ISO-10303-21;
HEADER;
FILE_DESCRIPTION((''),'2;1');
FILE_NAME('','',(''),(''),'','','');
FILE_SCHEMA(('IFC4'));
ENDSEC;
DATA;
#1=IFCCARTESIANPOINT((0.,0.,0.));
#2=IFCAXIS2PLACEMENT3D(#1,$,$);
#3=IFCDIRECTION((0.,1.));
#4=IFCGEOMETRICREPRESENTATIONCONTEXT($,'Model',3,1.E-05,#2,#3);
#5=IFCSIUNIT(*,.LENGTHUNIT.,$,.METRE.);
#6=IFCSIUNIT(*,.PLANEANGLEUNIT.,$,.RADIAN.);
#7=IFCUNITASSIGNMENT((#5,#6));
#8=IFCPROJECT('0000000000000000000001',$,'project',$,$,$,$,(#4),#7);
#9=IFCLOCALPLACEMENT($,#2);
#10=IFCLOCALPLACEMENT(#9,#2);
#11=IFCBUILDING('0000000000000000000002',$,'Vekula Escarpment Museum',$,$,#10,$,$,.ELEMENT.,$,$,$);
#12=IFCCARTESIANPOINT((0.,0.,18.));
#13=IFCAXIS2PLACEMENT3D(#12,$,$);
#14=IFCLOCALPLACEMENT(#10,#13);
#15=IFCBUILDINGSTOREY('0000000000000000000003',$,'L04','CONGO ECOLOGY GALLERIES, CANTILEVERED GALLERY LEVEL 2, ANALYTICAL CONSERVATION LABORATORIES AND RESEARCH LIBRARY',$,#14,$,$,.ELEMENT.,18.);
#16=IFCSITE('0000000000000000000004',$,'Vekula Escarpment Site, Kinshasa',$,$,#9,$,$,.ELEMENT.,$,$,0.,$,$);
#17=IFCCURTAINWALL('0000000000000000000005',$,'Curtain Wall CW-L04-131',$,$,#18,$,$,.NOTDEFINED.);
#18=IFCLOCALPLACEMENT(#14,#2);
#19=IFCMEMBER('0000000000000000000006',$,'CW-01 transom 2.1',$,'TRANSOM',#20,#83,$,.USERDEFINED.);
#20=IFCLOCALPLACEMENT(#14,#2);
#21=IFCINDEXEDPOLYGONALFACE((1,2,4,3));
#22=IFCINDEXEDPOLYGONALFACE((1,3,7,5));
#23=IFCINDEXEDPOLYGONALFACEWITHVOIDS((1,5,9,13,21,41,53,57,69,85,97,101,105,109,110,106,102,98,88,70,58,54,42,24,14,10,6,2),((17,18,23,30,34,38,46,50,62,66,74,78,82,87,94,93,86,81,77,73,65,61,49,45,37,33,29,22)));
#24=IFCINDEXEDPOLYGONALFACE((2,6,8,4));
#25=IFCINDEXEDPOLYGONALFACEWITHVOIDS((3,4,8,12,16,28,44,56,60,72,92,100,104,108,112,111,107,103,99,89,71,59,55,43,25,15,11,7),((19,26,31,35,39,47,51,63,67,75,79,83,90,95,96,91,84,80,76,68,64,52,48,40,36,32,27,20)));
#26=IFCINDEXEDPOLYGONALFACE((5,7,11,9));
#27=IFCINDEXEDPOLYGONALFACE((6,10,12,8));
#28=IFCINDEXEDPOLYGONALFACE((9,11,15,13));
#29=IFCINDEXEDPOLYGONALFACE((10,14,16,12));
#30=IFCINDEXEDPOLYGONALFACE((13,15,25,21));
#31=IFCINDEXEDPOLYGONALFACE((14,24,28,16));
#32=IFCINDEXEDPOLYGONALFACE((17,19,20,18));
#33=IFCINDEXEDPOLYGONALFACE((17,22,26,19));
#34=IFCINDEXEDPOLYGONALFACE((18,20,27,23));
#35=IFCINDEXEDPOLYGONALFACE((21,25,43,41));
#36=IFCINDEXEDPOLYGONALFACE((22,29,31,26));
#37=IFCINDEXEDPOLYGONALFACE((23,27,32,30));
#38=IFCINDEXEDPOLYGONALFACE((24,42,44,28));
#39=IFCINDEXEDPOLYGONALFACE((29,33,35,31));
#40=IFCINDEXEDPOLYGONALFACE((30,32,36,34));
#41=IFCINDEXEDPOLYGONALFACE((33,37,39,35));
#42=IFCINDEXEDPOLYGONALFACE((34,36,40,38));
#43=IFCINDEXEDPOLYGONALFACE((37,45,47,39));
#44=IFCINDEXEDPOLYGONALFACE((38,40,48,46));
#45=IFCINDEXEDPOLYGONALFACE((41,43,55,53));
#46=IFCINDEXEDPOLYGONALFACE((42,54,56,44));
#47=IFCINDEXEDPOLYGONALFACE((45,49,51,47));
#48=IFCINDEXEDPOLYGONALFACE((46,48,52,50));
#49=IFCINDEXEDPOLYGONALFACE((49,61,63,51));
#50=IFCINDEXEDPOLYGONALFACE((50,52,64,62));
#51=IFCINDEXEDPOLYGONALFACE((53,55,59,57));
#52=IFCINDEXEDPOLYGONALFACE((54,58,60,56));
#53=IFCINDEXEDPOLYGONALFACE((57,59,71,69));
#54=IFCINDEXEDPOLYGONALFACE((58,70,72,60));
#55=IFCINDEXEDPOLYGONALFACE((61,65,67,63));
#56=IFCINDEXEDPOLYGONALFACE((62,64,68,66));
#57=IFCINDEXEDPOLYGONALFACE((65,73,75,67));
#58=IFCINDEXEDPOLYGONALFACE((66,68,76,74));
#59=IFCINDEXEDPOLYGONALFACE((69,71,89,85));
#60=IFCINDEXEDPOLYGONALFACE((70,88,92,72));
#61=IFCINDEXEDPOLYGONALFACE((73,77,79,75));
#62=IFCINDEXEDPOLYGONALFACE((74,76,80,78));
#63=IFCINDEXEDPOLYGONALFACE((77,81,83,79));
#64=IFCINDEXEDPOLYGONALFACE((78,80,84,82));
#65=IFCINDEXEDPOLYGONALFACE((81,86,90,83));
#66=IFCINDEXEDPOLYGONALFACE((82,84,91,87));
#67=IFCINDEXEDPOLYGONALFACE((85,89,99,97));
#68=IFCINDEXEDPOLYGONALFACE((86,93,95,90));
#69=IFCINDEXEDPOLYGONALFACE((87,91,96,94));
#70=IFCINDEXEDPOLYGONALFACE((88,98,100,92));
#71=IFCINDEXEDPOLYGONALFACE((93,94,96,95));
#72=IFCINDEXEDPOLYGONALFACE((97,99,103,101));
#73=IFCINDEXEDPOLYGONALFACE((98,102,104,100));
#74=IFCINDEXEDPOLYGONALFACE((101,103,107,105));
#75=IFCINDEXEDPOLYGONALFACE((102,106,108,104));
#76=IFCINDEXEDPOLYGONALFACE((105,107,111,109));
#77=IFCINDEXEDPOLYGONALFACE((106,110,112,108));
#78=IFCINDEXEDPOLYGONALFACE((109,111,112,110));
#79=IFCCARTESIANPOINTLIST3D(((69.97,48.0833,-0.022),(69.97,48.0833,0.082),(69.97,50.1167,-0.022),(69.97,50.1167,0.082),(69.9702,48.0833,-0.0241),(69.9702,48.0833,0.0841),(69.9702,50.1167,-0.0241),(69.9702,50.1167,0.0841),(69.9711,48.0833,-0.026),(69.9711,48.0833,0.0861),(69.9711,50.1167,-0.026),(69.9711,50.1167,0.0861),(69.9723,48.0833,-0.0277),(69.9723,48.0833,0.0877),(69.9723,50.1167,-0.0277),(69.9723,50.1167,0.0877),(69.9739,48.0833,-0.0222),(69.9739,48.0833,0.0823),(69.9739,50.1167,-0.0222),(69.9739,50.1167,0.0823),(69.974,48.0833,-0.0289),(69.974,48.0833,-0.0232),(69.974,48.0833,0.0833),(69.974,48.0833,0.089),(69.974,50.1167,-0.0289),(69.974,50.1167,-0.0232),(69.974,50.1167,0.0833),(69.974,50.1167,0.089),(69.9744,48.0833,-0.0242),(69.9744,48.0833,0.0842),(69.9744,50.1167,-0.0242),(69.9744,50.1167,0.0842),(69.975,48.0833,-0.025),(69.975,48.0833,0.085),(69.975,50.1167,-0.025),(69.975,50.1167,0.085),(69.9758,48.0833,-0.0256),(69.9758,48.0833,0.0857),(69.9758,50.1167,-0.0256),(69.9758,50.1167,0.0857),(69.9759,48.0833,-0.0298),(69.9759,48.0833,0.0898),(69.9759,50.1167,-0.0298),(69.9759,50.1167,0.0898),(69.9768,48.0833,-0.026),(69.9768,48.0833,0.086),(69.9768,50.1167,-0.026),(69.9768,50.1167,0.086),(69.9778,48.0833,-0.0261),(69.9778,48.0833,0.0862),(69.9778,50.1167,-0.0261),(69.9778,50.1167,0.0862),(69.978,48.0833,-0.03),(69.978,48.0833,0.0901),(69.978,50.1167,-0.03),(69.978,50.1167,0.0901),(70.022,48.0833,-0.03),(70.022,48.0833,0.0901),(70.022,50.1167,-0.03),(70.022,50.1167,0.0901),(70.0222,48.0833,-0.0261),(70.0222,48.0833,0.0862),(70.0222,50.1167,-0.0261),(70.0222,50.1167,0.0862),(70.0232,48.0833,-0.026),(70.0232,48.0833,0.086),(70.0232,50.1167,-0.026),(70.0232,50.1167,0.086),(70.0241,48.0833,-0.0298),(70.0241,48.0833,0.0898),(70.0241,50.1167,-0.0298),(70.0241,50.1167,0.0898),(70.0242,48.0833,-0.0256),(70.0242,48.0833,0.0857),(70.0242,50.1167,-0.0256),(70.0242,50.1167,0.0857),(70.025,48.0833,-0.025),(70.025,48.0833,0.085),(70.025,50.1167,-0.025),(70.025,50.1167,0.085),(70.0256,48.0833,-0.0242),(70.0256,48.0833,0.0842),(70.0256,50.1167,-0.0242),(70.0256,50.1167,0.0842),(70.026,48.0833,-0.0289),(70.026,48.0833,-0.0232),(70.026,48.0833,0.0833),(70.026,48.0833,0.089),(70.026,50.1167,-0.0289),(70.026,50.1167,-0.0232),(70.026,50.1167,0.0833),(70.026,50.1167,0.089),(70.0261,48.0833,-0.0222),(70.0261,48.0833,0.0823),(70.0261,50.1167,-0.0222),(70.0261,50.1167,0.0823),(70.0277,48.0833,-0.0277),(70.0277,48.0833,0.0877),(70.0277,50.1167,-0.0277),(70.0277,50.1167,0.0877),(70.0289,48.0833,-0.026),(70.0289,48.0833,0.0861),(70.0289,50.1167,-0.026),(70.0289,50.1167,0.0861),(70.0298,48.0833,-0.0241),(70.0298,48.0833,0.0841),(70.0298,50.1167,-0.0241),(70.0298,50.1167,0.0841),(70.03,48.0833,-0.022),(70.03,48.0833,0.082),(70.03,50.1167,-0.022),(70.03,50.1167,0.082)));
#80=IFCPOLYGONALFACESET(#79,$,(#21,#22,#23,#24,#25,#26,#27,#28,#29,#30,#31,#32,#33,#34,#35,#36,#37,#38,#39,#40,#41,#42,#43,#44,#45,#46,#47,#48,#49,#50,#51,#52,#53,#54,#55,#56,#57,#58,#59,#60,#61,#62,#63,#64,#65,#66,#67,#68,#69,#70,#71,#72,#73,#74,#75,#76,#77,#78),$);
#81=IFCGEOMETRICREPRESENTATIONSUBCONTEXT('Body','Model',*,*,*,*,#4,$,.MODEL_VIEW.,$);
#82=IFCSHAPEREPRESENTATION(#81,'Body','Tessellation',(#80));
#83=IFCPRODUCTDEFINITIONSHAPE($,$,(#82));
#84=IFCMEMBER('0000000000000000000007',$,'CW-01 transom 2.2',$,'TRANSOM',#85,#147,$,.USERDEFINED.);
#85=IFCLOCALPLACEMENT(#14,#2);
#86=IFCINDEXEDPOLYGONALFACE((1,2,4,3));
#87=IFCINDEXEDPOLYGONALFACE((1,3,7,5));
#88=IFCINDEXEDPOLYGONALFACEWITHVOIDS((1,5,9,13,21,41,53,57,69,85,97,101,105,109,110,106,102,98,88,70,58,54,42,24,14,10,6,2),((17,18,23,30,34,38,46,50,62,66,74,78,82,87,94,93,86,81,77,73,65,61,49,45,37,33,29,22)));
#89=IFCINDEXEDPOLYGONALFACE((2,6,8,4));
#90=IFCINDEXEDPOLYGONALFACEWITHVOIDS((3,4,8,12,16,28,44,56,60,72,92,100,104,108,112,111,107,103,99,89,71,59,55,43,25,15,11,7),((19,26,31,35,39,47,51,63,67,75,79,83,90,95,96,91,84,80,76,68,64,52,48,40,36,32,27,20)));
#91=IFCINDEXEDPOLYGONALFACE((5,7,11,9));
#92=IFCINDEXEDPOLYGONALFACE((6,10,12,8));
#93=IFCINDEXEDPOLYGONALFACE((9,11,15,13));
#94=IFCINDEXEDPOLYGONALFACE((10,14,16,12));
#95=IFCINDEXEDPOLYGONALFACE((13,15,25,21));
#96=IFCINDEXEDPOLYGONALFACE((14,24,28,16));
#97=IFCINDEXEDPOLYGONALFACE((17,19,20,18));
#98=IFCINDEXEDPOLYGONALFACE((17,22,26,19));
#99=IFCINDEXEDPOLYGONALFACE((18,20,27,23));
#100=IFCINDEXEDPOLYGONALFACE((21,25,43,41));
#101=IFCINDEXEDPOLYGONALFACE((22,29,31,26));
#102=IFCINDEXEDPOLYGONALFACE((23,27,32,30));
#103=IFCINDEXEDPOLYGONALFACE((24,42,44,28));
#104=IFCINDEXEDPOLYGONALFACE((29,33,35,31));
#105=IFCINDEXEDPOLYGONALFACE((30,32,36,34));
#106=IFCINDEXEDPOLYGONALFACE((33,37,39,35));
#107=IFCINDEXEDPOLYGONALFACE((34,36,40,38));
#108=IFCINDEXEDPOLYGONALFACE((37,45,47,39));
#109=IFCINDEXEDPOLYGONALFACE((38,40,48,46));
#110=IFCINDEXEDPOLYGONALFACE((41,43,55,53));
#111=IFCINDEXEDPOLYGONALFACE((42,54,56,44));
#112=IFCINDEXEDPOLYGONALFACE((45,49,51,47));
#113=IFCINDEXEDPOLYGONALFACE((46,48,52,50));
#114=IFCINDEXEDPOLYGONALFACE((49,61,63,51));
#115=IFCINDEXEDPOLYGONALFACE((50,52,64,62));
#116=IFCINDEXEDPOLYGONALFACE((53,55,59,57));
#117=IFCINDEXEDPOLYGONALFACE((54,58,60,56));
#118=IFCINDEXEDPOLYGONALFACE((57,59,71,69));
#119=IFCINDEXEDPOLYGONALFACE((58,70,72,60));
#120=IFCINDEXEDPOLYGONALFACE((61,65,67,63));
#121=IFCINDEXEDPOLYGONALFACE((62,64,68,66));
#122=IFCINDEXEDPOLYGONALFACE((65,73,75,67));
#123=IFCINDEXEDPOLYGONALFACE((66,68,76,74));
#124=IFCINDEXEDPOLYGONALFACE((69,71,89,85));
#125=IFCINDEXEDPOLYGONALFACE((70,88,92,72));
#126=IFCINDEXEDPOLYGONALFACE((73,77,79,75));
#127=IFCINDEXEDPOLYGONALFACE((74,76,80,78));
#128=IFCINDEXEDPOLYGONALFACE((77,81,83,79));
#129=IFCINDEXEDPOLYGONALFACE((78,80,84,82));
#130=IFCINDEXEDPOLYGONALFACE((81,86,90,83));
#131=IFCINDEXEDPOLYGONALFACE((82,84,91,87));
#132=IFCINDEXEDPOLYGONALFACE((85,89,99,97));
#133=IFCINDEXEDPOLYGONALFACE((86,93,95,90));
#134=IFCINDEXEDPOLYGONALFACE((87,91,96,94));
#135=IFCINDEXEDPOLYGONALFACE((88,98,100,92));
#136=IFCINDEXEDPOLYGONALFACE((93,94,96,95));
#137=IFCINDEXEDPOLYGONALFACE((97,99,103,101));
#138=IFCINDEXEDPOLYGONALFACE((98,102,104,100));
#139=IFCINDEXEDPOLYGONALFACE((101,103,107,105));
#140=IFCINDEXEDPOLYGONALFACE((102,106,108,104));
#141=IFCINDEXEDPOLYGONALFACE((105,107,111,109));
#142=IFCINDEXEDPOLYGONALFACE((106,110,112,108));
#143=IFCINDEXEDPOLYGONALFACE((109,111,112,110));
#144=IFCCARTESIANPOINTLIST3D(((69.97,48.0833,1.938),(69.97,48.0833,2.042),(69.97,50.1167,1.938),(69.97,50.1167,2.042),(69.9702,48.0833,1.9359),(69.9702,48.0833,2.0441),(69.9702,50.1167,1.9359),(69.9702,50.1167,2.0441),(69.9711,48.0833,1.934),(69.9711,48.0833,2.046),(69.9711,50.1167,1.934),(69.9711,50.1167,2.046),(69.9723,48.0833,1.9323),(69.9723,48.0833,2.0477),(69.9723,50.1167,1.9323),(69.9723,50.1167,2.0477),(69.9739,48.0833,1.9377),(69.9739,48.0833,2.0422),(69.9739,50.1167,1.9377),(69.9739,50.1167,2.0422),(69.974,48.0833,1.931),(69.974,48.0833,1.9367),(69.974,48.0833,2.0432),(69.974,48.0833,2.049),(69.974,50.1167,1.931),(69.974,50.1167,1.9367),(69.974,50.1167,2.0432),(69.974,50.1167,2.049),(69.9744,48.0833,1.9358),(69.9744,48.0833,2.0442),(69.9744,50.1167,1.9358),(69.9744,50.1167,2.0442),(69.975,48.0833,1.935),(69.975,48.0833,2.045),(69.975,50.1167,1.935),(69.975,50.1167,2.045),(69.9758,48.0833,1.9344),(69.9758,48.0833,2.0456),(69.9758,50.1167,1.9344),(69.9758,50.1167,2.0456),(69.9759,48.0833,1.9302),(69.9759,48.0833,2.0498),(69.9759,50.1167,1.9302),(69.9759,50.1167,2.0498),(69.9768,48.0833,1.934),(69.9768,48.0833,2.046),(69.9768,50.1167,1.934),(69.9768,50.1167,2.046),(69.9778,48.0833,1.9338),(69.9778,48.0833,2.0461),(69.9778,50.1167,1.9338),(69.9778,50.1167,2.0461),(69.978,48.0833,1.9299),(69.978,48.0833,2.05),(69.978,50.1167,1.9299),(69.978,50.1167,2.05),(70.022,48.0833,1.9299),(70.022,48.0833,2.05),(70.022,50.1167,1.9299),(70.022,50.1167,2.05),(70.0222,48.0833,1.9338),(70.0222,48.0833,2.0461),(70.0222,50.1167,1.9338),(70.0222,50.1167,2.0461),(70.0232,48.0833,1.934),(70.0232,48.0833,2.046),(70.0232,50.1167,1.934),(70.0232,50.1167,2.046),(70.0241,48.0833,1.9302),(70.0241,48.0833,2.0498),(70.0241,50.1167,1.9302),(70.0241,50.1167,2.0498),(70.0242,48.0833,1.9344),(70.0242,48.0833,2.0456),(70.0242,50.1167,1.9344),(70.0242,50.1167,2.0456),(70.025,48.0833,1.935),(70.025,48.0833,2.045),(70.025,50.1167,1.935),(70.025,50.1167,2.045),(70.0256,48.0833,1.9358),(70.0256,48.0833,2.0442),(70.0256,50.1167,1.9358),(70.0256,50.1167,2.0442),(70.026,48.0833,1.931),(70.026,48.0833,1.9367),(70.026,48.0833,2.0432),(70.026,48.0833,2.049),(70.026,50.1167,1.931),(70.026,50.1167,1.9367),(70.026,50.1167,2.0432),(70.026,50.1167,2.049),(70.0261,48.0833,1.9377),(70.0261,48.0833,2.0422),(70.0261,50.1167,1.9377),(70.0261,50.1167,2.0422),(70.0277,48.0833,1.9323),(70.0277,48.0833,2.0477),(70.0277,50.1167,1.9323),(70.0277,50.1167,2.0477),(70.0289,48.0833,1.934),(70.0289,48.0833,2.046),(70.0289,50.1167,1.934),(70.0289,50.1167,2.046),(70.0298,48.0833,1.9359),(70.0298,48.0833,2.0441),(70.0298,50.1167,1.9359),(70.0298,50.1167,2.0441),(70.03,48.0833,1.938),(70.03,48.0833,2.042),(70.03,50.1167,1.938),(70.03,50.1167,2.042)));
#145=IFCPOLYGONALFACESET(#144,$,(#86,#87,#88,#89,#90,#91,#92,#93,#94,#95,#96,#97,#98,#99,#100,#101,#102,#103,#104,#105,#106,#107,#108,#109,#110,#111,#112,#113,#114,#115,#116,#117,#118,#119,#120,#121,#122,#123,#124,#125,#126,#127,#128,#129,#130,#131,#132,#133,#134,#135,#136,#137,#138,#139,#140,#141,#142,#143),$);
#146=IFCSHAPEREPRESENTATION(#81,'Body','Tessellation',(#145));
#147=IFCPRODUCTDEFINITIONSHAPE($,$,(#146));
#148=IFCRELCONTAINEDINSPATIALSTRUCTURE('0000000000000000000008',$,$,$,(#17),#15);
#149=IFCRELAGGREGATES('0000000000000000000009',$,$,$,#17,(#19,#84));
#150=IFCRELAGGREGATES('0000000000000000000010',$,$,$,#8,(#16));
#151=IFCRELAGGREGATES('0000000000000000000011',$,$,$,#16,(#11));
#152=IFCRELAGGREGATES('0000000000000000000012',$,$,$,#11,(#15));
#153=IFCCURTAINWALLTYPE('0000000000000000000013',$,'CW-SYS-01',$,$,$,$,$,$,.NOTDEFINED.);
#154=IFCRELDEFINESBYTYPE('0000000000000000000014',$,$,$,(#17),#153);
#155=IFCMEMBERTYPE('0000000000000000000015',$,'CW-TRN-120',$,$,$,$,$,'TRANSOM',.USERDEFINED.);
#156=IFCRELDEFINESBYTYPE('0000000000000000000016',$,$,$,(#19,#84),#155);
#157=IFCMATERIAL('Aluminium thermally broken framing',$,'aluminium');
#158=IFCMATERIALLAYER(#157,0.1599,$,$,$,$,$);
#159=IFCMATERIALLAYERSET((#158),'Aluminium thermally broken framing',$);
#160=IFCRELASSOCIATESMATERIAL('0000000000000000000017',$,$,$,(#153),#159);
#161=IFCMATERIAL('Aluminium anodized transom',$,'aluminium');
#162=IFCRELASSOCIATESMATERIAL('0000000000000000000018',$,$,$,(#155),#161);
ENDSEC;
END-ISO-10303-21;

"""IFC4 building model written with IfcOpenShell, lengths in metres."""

from ifc_helpers import new_model, si_unit, direction, frame, origin, origin_2d, place, context, subcontext, project, spatial, hollow_rectangle, extrude, material, layer, layer_set, material_profile, profile_set, type_object, element, aggregate, save


model = new_model("IFC4")

# Units and contexts
model_context = context("Model", 3, precision=1e-05, world=origin(), true_north=direction((0.0, 1.0)))
body_context = subcontext(model_context, "Body", "Model", "MODEL_VIEW")
ifc_project = project(units=[si_unit("LENGTHUNIT", "METRE"), si_unit("PLANEANGLEUNIT", "RADIAN")], contexts=[model_context])

# Site, building, storey
site_placement = place(None, origin())
site = spatial("IfcSite", under=ifc_project, at=site_placement, Name="Vekula Escarpment Site, Kinshasa", CompositionType="ELEMENT", RefElevation=0.0)
building_placement = place(site_placement, origin())
building = spatial("IfcBuilding", under=site, at=building_placement, Name="Vekula Escarpment Museum", CompositionType="ELEMENT")
storey_placement = place(building_placement, frame((0.0, 0.0, 18.0)))
storey = spatial("IfcBuildingStorey", under=building, at=storey_placement, Name="L04", Description="CONGO ECOLOGY GALLERIES, CANTILEVERED GALLERY LEVEL 2, ANALYTICAL CONSERVATION LABORATORIES AND RESEARCH LIBRARY", CompositionType="ELEMENT", Elevation=18.0)

# Curtain wall, members
ifc_material_1 = material(Name="Aluminium thermally broken framing", Category="aluminium")
ifc_layer_1 = layer(ifc_material_1, 0.1599)
ifc_layer_set_1 = layer_set([ifc_layer_1], Name="Aluminium thermally broken framing")
curtain_wall_type = type_object("IfcCurtainWallType", Name="CW-SYS-01", PredefinedType="NOTDEFINED", material=ifc_layer_set_1)
curtain_wall_placement = place(storey_placement, origin())
curtain_wall = element("IfcCurtainWall", 1, at=curtain_wall_placement, inside=storey, type_object=curtain_wall_type, Name="Curtain Wall CW-L04-131", PredefinedType="NOTDEFINED")
ifc_material_2 = material(Name="Aluminium anodized transom", Category="aluminium")
ifc_material_profile_1 = material_profile(ifc_material_2, hollow_rectangle(XDim=0.0601, YDim=0.1201, WallThickness=0.0039, InnerFilletRadius=0.0039, OuterFilletRadius=0.0081, at=origin_2d()), Name="ALU 120x60x4")
ifc_profile_set_1 = profile_set([ifc_material_profile_1], Name="Aluminium anodized transom")
member_type_1 = type_object("IfcMemberType", Name="CW-TRN-120", ElementType="TRANSOM", PredefinedType="USERDEFINED", material=ifc_profile_set_1)
member_1_placement = place(storey_placement, frame((70.0, 50.1167, 0.03), z_axis=(0.0, -1.0, 0.0), x_axis=(1.0, 0.0, 0.0)))
member_1 = element("IfcMember", 2, at=member_1_placement, type_object=member_type_1, Name="CW-01 transom 2.1", ObjectType="TRANSOM", PredefinedType="USERDEFINED", context=body_context, shape_type="SweptSolid", body=[
    extrude(hollow_rectangle(XDim=0.0601, YDim=0.1201, WallThickness=0.0039, InnerFilletRadius=0.0039, OuterFilletRadius=0.0081, at=origin_2d()), origin(), (0.0, 0.0, 1.0), 2.0334),
])
member_2_placement = place(storey_placement, frame((70.0, 50.1167, 1.99), z_axis=(0.0, -1.0, 0.0), x_axis=(1.0, 0.0, 0.0)))
member_2 = element("IfcMember", 3, at=member_2_placement, type_object=member_type_1, Name="CW-01 transom 2.2", ObjectType="TRANSOM", PredefinedType="USERDEFINED", context=body_context, shape_type="SweptSolid", body=[
    extrude(hollow_rectangle(XDim=0.0601, YDim=0.1201, WallThickness=0.0039, InnerFilletRadius=0.0039, OuterFilletRadius=0.0081, at=origin_2d()), origin(), (0.0, 0.0, 1.0), 2.0334),
])

aggregate(curtain_wall, [member_1, member_2])

save(model, "model.ifc")
